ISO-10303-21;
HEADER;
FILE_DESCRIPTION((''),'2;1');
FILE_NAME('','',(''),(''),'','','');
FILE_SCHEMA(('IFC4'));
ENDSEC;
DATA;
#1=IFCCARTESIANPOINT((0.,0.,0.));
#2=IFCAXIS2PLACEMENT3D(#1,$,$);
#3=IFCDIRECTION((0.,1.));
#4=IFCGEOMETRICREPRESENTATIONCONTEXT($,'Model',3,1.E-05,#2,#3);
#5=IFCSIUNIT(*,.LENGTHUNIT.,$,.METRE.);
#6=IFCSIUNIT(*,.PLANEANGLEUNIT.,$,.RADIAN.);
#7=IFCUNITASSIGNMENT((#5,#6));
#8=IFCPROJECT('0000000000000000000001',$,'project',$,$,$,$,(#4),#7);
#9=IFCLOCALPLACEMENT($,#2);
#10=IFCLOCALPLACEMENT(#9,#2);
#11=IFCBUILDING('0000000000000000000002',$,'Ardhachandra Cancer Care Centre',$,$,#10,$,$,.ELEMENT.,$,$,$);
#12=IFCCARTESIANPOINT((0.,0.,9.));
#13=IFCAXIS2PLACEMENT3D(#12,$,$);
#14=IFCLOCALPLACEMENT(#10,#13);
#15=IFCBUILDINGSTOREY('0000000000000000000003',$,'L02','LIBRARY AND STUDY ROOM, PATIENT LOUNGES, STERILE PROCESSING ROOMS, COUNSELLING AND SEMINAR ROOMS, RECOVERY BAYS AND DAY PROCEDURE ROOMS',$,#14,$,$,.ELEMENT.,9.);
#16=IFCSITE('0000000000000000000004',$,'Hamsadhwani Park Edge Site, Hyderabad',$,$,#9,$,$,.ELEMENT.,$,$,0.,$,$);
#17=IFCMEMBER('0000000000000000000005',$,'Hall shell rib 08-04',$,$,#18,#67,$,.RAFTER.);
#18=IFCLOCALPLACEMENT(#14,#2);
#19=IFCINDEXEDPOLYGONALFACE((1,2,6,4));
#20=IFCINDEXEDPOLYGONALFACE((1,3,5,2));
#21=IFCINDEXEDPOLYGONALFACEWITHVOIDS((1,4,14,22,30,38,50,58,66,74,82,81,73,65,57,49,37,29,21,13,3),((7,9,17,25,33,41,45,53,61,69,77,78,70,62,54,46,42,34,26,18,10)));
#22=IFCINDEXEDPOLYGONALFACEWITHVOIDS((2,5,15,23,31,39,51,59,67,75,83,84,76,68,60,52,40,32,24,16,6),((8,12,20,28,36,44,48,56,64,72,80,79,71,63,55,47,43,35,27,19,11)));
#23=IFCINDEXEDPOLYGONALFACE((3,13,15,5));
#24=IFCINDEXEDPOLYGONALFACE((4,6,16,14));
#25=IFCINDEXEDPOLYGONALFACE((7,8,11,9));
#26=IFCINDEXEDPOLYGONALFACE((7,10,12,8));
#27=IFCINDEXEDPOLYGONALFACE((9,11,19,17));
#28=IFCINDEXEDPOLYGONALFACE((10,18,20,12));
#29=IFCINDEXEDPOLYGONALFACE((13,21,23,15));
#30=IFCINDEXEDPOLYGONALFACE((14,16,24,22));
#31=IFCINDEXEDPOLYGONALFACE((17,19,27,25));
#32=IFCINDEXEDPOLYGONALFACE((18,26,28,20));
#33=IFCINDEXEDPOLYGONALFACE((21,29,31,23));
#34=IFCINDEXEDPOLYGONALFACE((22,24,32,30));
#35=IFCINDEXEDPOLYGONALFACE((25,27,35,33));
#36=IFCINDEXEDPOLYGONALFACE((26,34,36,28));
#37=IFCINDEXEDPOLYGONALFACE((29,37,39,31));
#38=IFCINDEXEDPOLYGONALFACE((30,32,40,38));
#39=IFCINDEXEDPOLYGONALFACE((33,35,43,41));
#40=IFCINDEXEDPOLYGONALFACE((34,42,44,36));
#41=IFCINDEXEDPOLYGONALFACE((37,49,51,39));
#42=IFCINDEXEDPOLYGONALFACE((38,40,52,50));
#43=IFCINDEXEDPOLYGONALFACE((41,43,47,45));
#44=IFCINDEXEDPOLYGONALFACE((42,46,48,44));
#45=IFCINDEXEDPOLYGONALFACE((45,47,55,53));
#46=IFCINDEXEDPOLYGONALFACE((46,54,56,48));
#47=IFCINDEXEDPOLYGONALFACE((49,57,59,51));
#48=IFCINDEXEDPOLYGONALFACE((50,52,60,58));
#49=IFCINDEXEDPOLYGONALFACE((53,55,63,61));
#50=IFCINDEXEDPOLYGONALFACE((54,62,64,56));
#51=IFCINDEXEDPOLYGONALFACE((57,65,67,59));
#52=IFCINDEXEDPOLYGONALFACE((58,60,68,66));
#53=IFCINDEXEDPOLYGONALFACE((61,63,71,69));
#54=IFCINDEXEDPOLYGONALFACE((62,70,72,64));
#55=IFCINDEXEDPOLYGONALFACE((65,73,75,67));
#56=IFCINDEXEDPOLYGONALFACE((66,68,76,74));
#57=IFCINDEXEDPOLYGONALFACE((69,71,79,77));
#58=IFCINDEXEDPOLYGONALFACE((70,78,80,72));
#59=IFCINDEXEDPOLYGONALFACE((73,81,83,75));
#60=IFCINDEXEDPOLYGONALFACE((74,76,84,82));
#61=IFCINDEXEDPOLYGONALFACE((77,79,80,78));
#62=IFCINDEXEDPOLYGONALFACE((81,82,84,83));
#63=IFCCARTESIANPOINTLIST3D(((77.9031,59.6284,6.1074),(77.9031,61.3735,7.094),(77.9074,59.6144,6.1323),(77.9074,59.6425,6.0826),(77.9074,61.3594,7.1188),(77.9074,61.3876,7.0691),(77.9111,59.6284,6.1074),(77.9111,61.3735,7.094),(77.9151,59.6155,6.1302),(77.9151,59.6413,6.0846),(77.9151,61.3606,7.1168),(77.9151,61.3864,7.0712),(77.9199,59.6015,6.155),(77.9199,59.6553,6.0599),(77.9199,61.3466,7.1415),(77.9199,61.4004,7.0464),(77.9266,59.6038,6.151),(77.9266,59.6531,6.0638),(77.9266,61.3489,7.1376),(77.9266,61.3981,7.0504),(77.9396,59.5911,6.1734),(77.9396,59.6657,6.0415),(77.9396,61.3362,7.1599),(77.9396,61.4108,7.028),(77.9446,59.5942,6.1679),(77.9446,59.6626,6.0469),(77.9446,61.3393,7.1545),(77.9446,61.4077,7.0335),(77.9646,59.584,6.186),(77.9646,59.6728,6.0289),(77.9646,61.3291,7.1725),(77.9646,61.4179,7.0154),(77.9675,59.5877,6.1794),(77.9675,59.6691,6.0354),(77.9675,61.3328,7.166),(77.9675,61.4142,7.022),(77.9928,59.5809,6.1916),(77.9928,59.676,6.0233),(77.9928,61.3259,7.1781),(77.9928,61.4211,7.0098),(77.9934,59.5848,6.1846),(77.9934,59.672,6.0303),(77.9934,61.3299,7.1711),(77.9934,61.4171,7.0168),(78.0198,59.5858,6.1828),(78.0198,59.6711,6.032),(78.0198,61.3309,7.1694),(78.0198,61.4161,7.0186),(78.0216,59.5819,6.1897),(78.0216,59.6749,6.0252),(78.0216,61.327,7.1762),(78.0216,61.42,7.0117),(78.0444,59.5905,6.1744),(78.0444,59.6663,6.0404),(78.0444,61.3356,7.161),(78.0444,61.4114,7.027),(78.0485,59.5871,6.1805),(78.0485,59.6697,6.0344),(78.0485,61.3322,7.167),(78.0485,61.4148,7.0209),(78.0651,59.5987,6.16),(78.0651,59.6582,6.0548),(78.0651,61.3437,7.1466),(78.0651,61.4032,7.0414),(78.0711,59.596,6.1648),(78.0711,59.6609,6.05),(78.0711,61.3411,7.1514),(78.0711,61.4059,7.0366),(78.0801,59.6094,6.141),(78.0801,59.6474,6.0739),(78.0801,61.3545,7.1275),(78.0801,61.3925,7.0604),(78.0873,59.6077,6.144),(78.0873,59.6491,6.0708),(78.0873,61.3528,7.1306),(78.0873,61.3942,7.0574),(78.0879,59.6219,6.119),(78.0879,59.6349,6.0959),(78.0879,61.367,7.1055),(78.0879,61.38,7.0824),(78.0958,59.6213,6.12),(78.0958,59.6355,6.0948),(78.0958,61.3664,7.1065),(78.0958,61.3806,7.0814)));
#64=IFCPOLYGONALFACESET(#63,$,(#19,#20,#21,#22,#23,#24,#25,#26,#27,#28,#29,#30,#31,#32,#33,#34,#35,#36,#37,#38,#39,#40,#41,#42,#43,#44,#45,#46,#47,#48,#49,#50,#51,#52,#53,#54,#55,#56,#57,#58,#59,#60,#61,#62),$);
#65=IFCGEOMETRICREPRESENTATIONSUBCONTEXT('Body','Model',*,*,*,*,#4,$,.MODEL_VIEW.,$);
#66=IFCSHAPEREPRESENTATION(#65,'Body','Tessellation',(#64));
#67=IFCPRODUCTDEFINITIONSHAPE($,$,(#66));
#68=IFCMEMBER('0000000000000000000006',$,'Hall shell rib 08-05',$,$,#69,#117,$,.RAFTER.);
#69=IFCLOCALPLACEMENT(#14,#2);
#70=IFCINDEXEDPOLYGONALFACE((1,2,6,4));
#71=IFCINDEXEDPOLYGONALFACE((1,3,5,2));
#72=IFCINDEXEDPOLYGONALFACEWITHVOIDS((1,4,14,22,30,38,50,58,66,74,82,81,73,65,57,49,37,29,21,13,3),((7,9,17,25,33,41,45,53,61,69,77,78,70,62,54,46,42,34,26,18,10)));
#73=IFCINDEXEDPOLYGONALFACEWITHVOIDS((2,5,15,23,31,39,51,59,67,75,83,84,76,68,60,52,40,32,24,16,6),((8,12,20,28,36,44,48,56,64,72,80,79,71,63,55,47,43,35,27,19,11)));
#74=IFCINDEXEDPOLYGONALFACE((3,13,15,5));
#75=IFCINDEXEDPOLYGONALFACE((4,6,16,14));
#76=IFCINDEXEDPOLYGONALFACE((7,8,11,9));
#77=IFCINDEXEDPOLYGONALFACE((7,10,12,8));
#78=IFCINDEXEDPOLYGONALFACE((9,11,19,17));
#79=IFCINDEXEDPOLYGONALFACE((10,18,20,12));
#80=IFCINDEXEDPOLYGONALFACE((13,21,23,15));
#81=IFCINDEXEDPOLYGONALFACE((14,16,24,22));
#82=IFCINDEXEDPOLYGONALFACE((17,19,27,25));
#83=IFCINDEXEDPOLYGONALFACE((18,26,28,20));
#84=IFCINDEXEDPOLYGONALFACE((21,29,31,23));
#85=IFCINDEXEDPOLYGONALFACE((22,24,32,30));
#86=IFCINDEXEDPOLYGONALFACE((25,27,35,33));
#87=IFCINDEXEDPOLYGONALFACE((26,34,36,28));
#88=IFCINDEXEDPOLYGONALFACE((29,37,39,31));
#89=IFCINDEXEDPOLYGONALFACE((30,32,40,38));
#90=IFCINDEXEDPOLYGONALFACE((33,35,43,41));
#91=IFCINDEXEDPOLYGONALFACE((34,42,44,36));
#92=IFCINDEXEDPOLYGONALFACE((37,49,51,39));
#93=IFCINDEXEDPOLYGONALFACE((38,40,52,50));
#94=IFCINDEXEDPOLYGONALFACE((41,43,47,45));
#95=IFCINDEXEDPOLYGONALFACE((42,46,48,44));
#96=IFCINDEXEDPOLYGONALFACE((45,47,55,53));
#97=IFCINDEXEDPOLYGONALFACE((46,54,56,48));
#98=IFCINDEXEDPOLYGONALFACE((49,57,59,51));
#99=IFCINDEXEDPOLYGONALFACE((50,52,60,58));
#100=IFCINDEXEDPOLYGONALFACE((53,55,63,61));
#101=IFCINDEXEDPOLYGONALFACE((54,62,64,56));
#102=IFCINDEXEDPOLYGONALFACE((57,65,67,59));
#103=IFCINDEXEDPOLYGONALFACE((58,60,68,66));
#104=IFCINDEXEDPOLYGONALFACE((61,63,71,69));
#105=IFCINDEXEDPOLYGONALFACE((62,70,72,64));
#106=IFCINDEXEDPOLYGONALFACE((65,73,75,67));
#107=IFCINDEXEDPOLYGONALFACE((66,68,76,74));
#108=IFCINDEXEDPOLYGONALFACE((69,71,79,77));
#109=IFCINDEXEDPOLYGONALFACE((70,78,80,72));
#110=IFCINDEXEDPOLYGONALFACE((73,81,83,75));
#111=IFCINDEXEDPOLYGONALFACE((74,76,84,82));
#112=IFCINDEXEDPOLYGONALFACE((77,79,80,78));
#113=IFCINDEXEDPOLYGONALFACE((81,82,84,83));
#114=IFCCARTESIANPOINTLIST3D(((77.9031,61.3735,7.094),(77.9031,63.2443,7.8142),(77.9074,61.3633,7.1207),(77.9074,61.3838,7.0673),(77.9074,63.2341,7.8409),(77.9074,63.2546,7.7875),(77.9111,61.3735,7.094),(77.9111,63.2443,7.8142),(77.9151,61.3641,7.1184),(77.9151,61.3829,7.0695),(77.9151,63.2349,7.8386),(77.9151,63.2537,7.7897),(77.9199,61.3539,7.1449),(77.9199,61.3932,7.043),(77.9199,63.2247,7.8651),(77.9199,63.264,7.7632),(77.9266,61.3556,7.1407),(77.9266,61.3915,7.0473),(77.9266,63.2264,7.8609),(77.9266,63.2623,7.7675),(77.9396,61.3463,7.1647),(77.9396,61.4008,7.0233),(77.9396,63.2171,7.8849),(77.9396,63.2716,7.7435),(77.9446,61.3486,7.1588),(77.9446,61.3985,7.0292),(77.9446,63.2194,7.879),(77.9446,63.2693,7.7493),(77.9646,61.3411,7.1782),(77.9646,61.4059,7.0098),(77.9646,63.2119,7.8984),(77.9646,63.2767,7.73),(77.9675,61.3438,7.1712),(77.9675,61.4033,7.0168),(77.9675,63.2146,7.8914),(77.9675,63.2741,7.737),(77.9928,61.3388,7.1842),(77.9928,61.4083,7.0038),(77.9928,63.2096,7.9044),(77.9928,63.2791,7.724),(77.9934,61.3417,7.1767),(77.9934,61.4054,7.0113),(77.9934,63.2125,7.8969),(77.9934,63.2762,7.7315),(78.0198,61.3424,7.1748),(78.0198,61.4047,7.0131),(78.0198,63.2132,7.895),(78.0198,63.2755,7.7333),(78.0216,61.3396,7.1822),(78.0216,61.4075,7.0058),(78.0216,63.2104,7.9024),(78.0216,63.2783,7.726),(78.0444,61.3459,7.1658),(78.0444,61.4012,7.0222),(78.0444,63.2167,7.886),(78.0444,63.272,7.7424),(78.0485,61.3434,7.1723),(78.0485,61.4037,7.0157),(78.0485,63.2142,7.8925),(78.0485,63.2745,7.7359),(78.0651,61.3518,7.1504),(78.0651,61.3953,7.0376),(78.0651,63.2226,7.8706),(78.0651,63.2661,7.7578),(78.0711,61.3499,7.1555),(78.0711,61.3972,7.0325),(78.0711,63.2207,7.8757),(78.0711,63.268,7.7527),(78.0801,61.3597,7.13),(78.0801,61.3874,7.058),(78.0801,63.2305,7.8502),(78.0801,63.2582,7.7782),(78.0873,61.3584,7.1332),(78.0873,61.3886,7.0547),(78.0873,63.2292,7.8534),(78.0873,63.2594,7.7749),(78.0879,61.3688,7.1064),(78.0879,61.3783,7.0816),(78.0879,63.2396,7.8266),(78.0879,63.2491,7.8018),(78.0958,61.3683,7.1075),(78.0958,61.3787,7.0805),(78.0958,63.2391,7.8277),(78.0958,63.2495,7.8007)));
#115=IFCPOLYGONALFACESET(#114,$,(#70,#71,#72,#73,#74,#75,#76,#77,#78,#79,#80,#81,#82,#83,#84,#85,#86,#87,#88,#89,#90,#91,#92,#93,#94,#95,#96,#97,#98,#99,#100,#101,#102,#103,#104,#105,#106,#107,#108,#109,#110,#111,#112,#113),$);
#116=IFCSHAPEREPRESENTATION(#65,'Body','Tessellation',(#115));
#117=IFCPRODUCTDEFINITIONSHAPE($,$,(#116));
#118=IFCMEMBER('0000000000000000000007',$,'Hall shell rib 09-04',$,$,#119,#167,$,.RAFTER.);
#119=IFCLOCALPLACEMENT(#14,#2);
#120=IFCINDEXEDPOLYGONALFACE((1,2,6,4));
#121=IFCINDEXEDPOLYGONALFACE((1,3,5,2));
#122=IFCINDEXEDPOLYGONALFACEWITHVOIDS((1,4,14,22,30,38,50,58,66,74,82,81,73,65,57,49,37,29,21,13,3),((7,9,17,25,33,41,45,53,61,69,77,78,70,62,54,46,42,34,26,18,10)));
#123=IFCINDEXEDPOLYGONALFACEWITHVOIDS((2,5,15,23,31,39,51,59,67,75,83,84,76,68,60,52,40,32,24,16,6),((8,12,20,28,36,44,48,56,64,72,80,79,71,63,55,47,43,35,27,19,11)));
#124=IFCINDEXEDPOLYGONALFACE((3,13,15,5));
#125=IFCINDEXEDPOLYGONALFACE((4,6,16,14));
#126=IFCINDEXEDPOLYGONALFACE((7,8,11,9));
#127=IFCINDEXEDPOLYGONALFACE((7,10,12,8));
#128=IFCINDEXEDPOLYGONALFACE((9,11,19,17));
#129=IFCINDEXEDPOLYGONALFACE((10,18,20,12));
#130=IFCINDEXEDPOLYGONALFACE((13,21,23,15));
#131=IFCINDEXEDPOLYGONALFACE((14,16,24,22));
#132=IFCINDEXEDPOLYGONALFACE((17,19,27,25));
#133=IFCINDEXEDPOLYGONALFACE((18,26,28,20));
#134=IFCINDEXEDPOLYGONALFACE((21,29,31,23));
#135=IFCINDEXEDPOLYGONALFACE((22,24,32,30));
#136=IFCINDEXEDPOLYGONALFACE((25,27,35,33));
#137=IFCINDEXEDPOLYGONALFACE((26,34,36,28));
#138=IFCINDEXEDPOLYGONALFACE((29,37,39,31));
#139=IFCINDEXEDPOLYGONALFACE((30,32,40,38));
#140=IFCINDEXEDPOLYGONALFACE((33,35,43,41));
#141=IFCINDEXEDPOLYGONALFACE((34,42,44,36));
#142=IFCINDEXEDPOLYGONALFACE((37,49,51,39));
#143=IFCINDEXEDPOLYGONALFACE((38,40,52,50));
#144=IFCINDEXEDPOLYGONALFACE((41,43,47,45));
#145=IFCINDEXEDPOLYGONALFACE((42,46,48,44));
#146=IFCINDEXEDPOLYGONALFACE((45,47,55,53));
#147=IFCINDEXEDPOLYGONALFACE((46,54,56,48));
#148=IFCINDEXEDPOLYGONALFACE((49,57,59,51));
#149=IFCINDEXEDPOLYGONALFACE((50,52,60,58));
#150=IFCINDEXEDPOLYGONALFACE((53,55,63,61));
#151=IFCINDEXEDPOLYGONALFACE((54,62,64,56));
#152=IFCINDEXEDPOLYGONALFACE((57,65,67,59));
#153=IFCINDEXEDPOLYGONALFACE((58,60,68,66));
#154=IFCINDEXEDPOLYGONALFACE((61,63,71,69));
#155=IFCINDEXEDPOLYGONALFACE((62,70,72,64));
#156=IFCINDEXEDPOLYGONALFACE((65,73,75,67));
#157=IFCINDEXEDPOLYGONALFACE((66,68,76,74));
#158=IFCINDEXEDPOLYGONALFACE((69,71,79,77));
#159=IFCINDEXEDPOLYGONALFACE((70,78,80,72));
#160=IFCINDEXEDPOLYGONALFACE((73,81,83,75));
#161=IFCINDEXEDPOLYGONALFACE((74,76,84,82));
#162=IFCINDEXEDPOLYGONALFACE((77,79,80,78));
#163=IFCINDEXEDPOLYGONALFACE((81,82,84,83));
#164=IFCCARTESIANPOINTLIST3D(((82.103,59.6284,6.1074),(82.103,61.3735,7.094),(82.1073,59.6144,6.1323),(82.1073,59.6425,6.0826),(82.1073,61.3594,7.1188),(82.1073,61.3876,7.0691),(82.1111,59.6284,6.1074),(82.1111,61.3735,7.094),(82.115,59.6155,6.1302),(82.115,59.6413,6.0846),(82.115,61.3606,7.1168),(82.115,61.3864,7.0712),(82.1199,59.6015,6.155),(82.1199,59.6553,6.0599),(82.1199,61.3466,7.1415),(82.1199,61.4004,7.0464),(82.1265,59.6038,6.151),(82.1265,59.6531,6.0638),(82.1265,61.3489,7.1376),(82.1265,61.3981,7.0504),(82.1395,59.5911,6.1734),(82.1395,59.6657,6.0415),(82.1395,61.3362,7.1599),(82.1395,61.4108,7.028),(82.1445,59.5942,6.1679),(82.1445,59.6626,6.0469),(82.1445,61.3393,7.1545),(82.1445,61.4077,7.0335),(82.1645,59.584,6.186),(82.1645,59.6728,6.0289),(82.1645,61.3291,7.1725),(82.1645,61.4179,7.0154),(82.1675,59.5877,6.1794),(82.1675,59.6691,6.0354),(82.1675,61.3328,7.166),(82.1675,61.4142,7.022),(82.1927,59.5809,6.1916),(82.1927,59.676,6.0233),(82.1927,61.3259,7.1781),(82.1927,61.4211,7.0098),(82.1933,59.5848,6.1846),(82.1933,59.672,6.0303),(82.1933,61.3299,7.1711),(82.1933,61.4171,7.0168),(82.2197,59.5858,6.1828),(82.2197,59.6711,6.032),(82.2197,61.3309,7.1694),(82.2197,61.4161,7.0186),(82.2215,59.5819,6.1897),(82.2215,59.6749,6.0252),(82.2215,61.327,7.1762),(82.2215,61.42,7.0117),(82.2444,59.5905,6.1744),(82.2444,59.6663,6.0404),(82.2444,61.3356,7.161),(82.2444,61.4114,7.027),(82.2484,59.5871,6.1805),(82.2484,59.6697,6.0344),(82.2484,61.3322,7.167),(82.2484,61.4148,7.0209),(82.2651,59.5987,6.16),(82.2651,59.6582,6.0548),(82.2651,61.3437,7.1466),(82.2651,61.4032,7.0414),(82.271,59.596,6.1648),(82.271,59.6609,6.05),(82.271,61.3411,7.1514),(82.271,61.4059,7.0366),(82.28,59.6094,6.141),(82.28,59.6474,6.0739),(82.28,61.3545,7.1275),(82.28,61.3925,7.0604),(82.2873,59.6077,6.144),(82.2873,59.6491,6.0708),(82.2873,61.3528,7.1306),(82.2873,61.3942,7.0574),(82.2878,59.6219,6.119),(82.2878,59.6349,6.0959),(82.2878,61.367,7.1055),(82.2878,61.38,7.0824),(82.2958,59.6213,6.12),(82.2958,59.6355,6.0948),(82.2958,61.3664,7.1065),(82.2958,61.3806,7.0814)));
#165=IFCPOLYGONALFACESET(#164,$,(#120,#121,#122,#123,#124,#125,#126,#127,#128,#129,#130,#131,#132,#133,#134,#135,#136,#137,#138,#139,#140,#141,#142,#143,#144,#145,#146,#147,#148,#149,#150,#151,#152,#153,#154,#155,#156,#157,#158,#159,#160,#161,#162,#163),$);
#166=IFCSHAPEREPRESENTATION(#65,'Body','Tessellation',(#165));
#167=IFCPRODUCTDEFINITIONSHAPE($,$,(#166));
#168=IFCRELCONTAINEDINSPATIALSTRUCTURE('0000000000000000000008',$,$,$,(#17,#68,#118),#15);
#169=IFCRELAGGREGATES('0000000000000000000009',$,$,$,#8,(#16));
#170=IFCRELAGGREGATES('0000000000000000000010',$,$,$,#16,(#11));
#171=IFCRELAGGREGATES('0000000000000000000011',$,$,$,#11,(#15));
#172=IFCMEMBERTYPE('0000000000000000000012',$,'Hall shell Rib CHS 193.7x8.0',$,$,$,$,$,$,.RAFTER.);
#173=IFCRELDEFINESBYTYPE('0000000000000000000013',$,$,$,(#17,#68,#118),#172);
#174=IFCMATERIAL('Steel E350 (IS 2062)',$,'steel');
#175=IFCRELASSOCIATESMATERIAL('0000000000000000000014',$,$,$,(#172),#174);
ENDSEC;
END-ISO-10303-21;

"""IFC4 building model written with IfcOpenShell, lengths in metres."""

from ifc_helpers import new_model, si_unit, direction, frame, origin, origin_2d, place, context, subcontext, project, spatial, hollow_circle, extrude, material, material_profile, profile_set, type_object, element, save


model = new_model("IFC4")

# Units and contexts
model_context = context("Model", 3, precision=1e-05, world=origin(), true_north=direction((0.0, 1.0)))
body_context = subcontext(model_context, "Body", "Model", "MODEL_VIEW")
ifc_project = project(units=[si_unit("LENGTHUNIT", "METRE"), si_unit("PLANEANGLEUNIT", "RADIAN")], contexts=[model_context])

# Site, building, storey
site_placement = place(None, origin())
site = spatial("IfcSite", under=ifc_project, at=site_placement, Name="Hamsadhwani Park Edge Site, Hyderabad", CompositionType="ELEMENT", RefElevation=0.0)
building_placement = place(site_placement, origin())
building = spatial("IfcBuilding", under=site, at=building_placement, Name="Ardhachandra Cancer Care Centre", CompositionType="ELEMENT")
storey_placement = place(building_placement, frame((0.0, 0.0, 9.0)))
storey = spatial("IfcBuildingStorey", under=building, at=storey_placement, Name="L02", Description="LIBRARY AND STUDY ROOM, PATIENT LOUNGES, STERILE PROCESSING ROOMS, COUNSELLING AND SEMINAR ROOMS, RECOVERY BAYS AND DAY PROCEDURE ROOMS", CompositionType="ELEMENT", Elevation=9.0)

# Members
ifc_material_1 = material(Name="Steel E350 (IS 2062)", Category="steel")
ifc_material_profile_1 = material_profile(ifc_material_1, hollow_circle(Radius=0.0969, WallThickness=0.0081, at=origin_2d()), Name="CHS 193.7x8.0")
ifc_profile_set_1 = profile_set([ifc_material_profile_1], Name="Steel E350 (IS 2062)")
member_type_1 = type_object("IfcMemberType", Name="Hall shell Rib CHS 193.7x8.0", PredefinedType="RAFTER", material=ifc_profile_set_1)
for number, where, z_axis, x_axis, name in (
    (1, (78.0, 59.6284, 6.1074), (0.0, 0.87052, 0.492134), (-1.0, 0.0, 0.0), "Hall shell rib 08-04"),
    (2, (78.0, 61.3735, 7.094), (0.0, 0.933236, 0.359265), (-1.0, 0.0, 0.0), "Hall shell rib 08-05"),
    (3, (82.2, 59.6284, 6.1074), (0.0, 0.87052, 0.492134), (-1.0, 0.0, 0.0), "Hall shell rib 09-04"),
):
    element("IfcMember", number, at=place(storey_placement, frame(where, z_axis=z_axis, x_axis=x_axis)), inside=storey, type_object=member_type_1, Name=name, PredefinedType="RAFTER", context=body_context, shape_type="SweptSolid", body=[
        extrude(hollow_circle(Radius=0.0969, WallThickness=0.0081, at=origin_2d()), origin(), (0.0, 0.0, 1.0), 2.0046),
    ])

save(model, "model.ifc")
